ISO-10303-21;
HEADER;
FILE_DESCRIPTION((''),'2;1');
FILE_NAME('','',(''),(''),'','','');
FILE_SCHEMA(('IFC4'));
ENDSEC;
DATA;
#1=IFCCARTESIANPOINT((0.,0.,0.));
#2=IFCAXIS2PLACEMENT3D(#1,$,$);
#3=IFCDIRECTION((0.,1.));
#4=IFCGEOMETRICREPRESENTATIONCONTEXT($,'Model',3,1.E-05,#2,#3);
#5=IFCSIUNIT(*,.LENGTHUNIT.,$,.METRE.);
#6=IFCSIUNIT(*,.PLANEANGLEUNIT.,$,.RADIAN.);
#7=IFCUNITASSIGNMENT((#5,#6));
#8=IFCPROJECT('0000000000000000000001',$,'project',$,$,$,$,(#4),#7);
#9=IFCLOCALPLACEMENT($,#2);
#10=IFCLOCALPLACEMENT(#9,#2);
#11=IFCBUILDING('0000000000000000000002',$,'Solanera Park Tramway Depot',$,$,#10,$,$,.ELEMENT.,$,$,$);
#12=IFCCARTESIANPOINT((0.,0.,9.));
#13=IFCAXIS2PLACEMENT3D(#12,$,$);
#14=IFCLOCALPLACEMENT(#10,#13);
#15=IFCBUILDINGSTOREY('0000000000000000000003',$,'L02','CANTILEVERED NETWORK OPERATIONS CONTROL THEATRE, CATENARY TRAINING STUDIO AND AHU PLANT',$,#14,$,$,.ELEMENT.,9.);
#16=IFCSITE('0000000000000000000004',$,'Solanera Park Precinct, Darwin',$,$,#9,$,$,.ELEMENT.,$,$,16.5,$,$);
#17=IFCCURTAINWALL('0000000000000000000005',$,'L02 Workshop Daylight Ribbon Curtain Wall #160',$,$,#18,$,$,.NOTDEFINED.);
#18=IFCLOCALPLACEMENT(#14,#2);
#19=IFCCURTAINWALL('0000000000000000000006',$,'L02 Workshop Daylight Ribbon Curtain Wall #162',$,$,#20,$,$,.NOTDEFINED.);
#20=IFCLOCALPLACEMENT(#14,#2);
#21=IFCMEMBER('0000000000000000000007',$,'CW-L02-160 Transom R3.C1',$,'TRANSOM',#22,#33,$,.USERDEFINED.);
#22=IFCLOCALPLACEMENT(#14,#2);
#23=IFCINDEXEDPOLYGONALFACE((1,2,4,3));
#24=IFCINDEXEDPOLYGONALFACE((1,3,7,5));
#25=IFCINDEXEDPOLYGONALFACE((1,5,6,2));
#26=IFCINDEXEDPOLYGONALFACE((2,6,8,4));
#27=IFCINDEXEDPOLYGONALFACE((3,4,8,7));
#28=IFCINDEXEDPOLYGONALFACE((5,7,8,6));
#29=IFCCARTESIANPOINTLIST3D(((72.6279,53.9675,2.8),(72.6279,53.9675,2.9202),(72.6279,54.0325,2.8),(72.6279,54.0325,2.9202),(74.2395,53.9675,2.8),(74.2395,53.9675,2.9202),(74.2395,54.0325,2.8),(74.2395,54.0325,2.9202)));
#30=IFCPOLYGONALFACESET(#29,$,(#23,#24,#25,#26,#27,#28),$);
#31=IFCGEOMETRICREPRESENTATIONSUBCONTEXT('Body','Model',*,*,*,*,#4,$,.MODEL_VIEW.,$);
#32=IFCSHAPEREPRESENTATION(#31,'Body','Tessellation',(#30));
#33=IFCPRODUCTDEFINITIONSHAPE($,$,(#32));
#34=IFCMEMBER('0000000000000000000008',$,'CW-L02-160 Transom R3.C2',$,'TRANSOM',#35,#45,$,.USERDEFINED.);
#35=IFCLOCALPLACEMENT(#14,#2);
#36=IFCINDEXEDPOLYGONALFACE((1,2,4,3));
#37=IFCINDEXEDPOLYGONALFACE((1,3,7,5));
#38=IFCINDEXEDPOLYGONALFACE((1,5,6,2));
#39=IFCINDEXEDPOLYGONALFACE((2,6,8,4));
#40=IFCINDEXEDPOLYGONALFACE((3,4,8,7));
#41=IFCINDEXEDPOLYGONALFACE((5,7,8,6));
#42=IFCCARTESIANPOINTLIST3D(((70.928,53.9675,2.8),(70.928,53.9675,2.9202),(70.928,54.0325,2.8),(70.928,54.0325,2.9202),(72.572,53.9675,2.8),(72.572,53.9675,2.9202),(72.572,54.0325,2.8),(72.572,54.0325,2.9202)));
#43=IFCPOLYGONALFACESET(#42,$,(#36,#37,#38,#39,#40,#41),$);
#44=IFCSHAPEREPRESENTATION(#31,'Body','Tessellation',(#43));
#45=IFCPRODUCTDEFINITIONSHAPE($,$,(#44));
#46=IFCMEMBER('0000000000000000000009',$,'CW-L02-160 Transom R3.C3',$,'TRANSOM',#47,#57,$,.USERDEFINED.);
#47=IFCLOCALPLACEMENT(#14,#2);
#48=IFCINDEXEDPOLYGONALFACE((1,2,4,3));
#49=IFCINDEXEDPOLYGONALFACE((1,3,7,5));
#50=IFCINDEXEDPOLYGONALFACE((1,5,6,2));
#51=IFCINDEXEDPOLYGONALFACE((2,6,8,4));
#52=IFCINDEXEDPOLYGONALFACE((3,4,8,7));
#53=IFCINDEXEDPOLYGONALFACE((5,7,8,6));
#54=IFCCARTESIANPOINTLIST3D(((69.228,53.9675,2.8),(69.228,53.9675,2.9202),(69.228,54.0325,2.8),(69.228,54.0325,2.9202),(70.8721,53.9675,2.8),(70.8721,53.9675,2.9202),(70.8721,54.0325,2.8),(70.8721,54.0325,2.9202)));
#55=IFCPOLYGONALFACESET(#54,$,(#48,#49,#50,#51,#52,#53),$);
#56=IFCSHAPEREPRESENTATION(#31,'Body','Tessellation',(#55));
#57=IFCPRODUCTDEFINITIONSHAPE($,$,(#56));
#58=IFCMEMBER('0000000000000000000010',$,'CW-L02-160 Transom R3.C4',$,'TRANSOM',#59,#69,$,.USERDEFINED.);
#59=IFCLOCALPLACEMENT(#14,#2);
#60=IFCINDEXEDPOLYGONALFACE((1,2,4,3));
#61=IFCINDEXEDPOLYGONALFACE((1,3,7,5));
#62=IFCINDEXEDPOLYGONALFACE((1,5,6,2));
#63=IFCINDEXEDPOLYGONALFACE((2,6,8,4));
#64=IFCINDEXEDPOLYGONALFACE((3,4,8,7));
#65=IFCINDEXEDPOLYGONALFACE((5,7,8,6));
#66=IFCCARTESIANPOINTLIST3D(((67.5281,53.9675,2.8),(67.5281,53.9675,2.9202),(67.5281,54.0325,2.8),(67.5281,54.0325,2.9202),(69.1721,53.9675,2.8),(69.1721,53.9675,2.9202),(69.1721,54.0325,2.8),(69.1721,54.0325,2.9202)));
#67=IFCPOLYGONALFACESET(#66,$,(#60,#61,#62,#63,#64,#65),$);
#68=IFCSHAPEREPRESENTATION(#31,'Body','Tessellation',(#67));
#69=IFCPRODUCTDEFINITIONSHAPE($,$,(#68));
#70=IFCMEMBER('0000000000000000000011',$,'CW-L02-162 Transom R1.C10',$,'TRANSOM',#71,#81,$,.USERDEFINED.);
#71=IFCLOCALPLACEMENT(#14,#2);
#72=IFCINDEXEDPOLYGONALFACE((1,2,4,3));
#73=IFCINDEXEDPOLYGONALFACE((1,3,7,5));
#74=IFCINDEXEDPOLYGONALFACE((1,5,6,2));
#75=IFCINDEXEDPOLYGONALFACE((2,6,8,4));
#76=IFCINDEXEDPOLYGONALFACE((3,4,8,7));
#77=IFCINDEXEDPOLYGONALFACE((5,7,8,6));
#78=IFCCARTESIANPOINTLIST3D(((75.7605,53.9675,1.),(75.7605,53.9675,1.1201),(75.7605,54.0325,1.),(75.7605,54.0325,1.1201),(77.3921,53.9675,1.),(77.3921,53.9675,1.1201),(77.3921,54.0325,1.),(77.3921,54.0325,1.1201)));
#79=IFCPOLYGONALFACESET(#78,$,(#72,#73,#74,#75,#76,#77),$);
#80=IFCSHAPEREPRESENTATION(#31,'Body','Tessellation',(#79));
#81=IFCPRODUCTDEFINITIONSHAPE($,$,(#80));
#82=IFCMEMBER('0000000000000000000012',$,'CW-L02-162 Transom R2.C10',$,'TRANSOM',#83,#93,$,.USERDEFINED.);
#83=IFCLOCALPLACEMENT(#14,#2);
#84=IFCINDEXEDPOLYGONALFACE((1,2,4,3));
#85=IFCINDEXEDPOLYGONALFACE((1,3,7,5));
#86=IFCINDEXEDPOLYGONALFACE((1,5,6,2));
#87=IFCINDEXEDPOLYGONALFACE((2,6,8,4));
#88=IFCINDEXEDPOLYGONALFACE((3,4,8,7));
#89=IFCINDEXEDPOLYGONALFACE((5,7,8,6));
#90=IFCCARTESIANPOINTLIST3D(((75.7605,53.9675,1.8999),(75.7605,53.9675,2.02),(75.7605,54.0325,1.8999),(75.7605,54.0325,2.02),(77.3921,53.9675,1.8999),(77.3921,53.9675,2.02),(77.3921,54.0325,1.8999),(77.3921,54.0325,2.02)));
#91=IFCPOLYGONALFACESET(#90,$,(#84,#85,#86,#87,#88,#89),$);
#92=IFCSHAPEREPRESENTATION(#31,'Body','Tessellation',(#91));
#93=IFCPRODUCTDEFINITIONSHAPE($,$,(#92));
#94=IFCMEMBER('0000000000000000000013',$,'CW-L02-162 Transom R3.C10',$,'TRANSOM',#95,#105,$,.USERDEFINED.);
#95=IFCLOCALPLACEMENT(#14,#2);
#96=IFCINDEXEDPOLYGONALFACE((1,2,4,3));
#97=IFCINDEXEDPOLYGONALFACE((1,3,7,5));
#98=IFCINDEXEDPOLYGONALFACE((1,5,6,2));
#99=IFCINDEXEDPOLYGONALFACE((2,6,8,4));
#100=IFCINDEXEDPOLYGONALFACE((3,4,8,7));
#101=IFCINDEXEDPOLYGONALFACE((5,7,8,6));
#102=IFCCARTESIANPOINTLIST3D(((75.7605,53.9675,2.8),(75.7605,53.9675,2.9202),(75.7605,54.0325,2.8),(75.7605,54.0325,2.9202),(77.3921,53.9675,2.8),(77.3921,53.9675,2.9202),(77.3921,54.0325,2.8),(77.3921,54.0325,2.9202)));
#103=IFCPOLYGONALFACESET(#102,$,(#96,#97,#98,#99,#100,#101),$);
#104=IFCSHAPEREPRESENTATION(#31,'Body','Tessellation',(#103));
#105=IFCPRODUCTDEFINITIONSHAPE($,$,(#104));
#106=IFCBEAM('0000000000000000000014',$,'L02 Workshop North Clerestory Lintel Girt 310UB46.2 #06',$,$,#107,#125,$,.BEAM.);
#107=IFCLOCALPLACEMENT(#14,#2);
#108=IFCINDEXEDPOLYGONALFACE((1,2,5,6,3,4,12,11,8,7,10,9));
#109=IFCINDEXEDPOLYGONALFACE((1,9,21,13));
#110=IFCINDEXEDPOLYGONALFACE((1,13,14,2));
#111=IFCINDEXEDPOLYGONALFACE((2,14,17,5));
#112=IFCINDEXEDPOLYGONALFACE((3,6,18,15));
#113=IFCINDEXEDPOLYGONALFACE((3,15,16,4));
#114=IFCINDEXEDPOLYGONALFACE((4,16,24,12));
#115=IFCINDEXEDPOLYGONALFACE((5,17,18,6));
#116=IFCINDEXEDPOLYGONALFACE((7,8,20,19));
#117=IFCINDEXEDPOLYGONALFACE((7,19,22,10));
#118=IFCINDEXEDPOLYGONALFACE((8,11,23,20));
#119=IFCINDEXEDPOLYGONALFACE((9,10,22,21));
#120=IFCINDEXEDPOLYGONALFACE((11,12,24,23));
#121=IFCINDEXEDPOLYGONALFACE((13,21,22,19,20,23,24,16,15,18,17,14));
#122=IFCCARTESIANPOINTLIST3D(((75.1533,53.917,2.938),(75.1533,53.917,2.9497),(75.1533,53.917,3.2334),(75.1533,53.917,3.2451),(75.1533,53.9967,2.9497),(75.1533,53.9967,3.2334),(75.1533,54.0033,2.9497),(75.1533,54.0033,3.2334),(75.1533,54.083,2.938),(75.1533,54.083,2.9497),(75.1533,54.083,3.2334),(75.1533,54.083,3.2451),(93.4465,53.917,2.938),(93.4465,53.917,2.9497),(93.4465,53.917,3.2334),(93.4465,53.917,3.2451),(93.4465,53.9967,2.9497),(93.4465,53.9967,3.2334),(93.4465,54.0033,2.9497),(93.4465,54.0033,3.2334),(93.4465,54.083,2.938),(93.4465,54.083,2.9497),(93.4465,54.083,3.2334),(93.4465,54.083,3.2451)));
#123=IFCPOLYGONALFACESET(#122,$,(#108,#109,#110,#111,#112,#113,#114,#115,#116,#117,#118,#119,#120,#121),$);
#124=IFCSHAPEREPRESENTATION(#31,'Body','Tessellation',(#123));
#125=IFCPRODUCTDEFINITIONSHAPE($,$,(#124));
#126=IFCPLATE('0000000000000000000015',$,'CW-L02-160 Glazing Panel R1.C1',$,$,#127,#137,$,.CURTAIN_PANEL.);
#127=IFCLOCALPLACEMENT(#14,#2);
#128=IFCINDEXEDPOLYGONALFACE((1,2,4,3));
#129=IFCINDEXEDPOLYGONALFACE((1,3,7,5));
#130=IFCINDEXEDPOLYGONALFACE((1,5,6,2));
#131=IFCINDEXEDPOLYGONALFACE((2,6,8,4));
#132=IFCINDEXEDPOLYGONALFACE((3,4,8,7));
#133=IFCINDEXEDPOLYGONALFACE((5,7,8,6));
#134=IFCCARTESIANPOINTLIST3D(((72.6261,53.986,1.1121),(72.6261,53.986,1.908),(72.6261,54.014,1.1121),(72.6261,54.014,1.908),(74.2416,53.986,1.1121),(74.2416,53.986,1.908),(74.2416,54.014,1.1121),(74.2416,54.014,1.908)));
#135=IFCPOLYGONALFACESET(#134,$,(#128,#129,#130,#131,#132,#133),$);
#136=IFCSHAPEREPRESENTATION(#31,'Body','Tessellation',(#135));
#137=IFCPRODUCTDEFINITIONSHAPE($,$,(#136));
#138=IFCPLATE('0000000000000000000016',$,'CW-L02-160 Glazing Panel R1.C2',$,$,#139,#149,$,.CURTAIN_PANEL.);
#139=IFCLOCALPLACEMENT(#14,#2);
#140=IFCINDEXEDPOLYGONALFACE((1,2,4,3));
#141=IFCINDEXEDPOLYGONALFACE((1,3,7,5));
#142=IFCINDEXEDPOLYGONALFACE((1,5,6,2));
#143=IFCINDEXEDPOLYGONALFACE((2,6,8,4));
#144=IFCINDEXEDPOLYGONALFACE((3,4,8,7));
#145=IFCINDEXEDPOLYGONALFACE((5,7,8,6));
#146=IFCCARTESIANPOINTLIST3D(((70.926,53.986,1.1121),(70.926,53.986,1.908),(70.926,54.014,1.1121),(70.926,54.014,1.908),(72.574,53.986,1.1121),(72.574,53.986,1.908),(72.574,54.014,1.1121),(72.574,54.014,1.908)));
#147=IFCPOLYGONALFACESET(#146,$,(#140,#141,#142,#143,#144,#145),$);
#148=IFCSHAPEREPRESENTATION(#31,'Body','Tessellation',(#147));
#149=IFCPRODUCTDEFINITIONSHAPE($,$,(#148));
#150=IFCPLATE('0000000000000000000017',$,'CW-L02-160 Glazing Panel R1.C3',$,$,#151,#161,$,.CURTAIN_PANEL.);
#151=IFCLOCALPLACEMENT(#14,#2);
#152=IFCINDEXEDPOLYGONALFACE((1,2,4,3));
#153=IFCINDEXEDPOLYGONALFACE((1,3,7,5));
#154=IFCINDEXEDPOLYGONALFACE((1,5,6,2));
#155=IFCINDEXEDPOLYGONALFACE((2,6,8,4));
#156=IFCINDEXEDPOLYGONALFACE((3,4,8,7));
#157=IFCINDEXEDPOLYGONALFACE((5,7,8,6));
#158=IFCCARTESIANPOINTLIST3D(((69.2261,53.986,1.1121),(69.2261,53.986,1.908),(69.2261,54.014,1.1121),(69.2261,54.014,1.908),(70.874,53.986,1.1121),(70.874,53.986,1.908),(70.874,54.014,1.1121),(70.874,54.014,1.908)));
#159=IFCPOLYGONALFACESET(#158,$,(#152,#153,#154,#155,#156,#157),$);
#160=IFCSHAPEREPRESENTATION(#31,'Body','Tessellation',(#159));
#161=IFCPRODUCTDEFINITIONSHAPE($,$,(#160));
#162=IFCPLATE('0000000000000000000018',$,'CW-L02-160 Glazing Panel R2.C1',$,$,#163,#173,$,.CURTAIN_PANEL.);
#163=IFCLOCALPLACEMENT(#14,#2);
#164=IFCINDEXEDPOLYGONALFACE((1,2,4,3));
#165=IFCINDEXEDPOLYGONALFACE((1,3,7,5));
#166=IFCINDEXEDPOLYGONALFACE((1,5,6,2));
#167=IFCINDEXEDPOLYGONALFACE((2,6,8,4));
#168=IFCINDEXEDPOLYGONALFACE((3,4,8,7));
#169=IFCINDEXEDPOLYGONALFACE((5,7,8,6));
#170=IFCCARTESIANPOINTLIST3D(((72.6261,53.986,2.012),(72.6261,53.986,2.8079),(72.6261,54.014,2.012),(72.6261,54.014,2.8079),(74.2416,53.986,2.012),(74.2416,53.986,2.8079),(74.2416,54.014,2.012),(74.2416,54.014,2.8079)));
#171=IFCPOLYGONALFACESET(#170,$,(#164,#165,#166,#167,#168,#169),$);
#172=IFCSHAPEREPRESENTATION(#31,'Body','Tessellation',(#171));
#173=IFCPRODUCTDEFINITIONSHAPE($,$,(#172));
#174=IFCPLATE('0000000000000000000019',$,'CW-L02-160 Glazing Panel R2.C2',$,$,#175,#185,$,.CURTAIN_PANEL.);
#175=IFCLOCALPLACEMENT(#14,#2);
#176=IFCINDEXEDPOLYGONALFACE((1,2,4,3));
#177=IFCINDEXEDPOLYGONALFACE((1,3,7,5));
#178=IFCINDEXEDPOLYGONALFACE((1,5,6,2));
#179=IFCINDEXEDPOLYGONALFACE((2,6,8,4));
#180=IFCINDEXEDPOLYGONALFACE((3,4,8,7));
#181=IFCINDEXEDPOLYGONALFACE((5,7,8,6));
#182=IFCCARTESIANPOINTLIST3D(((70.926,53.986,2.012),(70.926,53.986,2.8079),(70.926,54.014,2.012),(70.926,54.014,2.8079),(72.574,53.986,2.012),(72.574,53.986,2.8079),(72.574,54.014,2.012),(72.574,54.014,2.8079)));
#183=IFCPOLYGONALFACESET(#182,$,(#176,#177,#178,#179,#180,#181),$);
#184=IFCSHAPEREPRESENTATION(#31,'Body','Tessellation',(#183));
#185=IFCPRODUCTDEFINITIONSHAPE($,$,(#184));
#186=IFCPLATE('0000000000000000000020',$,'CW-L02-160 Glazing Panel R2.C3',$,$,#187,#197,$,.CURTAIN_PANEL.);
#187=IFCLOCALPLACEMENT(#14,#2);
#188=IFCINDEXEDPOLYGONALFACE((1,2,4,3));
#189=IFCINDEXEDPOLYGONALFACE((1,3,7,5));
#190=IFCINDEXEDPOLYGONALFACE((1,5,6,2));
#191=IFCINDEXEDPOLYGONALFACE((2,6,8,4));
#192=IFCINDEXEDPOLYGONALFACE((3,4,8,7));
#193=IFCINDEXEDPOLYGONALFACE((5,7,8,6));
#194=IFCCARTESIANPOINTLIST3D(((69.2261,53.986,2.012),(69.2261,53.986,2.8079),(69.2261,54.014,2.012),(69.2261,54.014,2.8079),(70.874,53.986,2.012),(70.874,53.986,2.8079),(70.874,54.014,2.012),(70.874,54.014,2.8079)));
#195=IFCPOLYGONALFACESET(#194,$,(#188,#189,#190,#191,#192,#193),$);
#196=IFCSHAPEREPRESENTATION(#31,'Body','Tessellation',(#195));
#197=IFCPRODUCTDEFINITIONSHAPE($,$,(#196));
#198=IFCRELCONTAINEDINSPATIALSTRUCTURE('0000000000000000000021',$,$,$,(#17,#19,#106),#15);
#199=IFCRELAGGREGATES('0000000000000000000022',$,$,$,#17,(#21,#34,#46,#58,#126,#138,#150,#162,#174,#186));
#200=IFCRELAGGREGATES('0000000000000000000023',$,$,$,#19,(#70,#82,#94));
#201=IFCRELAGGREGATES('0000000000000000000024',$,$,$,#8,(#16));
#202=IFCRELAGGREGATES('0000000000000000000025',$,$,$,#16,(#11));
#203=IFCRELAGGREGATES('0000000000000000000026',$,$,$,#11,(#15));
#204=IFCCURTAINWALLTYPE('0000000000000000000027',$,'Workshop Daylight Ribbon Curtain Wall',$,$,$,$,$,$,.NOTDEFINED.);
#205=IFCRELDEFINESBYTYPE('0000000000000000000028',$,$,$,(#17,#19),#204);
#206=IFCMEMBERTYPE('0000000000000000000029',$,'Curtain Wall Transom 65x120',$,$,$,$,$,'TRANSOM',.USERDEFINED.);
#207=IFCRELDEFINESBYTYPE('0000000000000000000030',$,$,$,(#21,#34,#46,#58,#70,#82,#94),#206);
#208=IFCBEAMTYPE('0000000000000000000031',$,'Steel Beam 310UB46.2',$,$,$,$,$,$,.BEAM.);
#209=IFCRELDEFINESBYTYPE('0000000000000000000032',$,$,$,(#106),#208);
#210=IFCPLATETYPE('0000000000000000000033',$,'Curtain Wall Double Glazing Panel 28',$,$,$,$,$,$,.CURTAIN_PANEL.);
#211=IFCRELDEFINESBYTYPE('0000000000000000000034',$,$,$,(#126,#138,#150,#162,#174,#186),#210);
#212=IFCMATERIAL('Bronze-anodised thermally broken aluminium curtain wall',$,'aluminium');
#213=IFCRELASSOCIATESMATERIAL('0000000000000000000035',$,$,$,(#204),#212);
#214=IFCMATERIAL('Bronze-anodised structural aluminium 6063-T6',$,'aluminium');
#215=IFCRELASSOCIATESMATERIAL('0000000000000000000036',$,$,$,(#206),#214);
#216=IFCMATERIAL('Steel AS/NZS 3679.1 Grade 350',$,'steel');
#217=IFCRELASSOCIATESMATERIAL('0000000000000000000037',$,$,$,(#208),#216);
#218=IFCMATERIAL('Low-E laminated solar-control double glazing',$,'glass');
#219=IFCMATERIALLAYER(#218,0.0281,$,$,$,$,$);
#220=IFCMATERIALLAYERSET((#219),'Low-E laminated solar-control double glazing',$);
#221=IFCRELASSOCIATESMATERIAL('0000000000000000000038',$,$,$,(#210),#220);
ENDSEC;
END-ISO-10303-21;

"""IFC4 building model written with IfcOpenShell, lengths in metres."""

from ifc_helpers import new_model, si_unit, direction, frame, origin, origin_2d, place, context, subcontext, project, spatial, rectangle, i_section, extrude, material, layer, layer_set, material_profile, profile_set, type_object, element, aggregate, save


model = new_model("IFC4")

# Units and contexts
model_context = context("Model", 3, precision=1e-05, world=origin(), true_north=direction((0.0, 1.0)))
body_context = subcontext(model_context, "Body", "Model", "MODEL_VIEW")
ifc_project = project(units=[si_unit("LENGTHUNIT", "METRE"), si_unit("PLANEANGLEUNIT", "RADIAN")], contexts=[model_context])

# Site, building, storey
site_placement = place(None, origin())
site = spatial("IfcSite", under=ifc_project, at=site_placement, Name="Solanera Park Precinct, Darwin", CompositionType="ELEMENT", RefElevation=16.5)
building_placement = place(site_placement, origin())
building = spatial("IfcBuilding", under=site, at=building_placement, Name="Solanera Park Tramway Depot", CompositionType="ELEMENT")
storey_placement = place(building_placement, frame((0.0, 0.0, 9.0)))
storey = spatial("IfcBuildingStorey", under=building, at=storey_placement, Name="L02", Description="CANTILEVERED NETWORK OPERATIONS CONTROL THEATRE, CATENARY TRAINING STUDIO AND AHU PLANT", CompositionType="ELEMENT", Elevation=9.0)

# Curtain wall
ifc_material_1 = material(Name="Bronze-anodised thermally broken aluminium curtain wall", Category="aluminium")
curtain_wall_type = type_object("IfcCurtainWallType", Name="Workshop Daylight Ribbon Curtain Wall", PredefinedType="NOTDEFINED", material=ifc_material_1)
curtain_wall_1_placement = place(storey_placement, origin())
curtain_wall_1 = element("IfcCurtainWall", 1, at=curtain_wall_1_placement, inside=storey, type_object=curtain_wall_type, Name="L02 Workshop Daylight Ribbon Curtain Wall #160", PredefinedType="NOTDEFINED")

# Curtain wall
curtain_wall_2_placement = place(storey_placement, origin())
curtain_wall_2 = element("IfcCurtainWall", 2, at=curtain_wall_2_placement, inside=storey, type_object=curtain_wall_type, Name="L02 Workshop Daylight Ribbon Curtain Wall #162", PredefinedType="NOTDEFINED")

# Members
ifc_material_2 = material(Name="Bronze-anodised structural aluminium 6063-T6", Category="aluminium")
ifc_material_profile_1 = material_profile(ifc_material_2, rectangle(XDim=0.0649, YDim=0.1201, at=origin_2d()), Name="Curtain Wall Transom 65x120")
ifc_profile_set_1 = profile_set([ifc_material_profile_1], Name="Bronze-anodised structural aluminium 6063-T6")
member_type_1 = type_object("IfcMemberType", Name="Curtain Wall Transom 65x120", ElementType="TRANSOM", PredefinedType="USERDEFINED", material=ifc_profile_set_1)
member_1_placement = place(storey_placement, frame((74.2395, 54.0, 2.8601), z_axis=(-1.0, 0.0, 0.0), x_axis=(0.0, -1.0, 0.0)))
member_1 = element("IfcMember", 3, at=member_1_placement, type_object=member_type_1, Name="CW-L02-160 Transom R3.C1", ObjectType="TRANSOM", PredefinedType="USERDEFINED", context=body_context, shape_type="SweptSolid", body=[
    extrude(rectangle(XDim=0.0649, YDim=0.1201, at=origin_2d()), origin(), (0.0, 0.0, 1.0), 1.6116),
])
member_2_placement = place(storey_placement, frame((72.572, 54.0, 2.8601), z_axis=(-1.0, 0.0, 0.0), x_axis=(0.0, -1.0, 0.0)))
member_2 = element("IfcMember", 4, at=member_2_placement, type_object=member_type_1, Name="CW-L02-160 Transom R3.C2", ObjectType="TRANSOM", PredefinedType="USERDEFINED", context=body_context, shape_type="SweptSolid", body=[
    extrude(rectangle(XDim=0.0649, YDim=0.1201, at=origin_2d()), origin(), (0.0, 0.0, 1.0), 1.644),
])
member_3_placement = place(storey_placement, frame((70.8721, 54.0, 2.8601), z_axis=(-1.0, 0.0, 0.0), x_axis=(0.0, -1.0, 0.0)))
member_3 = element("IfcMember", 5, at=member_3_placement, type_object=member_type_1, Name="CW-L02-160 Transom R3.C3", ObjectType="TRANSOM", PredefinedType="USERDEFINED", context=body_context, shape_type="SweptSolid", body=[
    extrude(rectangle(XDim=0.0649, YDim=0.1201, at=origin_2d()), origin(), (0.0, 0.0, 1.0), 1.644),
])
member_4_placement = place(storey_placement, frame((69.1721, 54.0, 2.8601), z_axis=(-1.0, 0.0, 0.0), x_axis=(0.0, -1.0, 0.0)))
member_4 = element("IfcMember", 6, at=member_4_placement, type_object=member_type_1, Name="CW-L02-160 Transom R3.C4", ObjectType="TRANSOM", PredefinedType="USERDEFINED", context=body_context, shape_type="SweptSolid", body=[
    extrude(rectangle(XDim=0.0649, YDim=0.1201, at=origin_2d()), origin(), (0.0, 0.0, 1.0), 1.644),
])
member_5_placement = place(storey_placement, frame((77.3921, 54.0, 1.0601), z_axis=(-1.0, 0.0, 0.0), x_axis=(0.0, -1.0, 0.0)))
member_5 = element("IfcMember", 7, at=member_5_placement, type_object=member_type_1, Name="CW-L02-162 Transom R1.C10", ObjectType="TRANSOM", PredefinedType="USERDEFINED", context=body_context, shape_type="SweptSolid", body=[
    extrude(rectangle(XDim=0.0649, YDim=0.1201, at=origin_2d()), origin(), (0.0, 0.0, 1.0), 1.6316),
])
member_6_placement = place(storey_placement, frame((77.3921, 54.0, 1.96), z_axis=(-1.0, 0.0, 0.0), x_axis=(0.0, -1.0, 0.0)))
member_6 = element("IfcMember", 8, at=member_6_placement, type_object=member_type_1, Name="CW-L02-162 Transom R2.C10", ObjectType="TRANSOM", PredefinedType="USERDEFINED", context=body_context, shape_type="SweptSolid", body=[
    extrude(rectangle(XDim=0.0649, YDim=0.1201, at=origin_2d()), origin(), (0.0, 0.0, 1.0), 1.6316),
])
member_7_placement = place(storey_placement, frame((77.3921, 54.0, 2.8601), z_axis=(-1.0, 0.0, 0.0), x_axis=(0.0, -1.0, 0.0)))
member_7 = element("IfcMember", 9, at=member_7_placement, type_object=member_type_1, Name="CW-L02-162 Transom R3.C10", ObjectType="TRANSOM", PredefinedType="USERDEFINED", context=body_context, shape_type="SweptSolid", body=[
    extrude(rectangle(XDim=0.0649, YDim=0.1201, at=origin_2d()), origin(), (0.0, 0.0, 1.0), 1.6316),
])

# Beam
ifc_material_3 = material(Name="Steel AS/NZS 3679.1 Grade 350", Category="steel")
ifc_material_profile_2 = material_profile(ifc_material_3, i_section(OverallWidth=0.166, OverallDepth=0.3071, WebThickness=0.0066, FlangeThickness=0.0117, at=origin_2d()), Name="310UB46.2")
ifc_profile_set_2 = profile_set([ifc_material_profile_2], Name="Steel AS/NZS 3679.1 Grade 350")
beam_type = type_object("IfcBeamType", Name="Steel Beam 310UB46.2", PredefinedType="BEAM", material=ifc_profile_set_2)
beam_placement = place(storey_placement, frame((75.1533, 54.0, 3.0916), z_axis=(1.0, 0.0, 0.0), x_axis=(0.0, 1.0, 0.0)))
element("IfcBeam", 10, at=beam_placement, inside=storey, type_object=beam_type, Name="L02 Workshop North Clerestory Lintel Girt 310UB46.2 #06", PredefinedType="BEAM", context=body_context, shape_type="SweptSolid", body=[
    extrude(i_section(OverallWidth=0.166, OverallDepth=0.3071, WebThickness=0.0066, FlangeThickness=0.0117, at=origin_2d()), origin(), (0.0, 0.0, 1.0), 18.2932),
])

# Plates
ifc_material_4 = material(Name="Low-E laminated solar-control double glazing", Category="glass")
ifc_layer = layer(ifc_material_4, 0.0281)
ifc_layer_set = layer_set([ifc_layer], Name="Low-E laminated solar-control double glazing")
plate_type = type_object("IfcPlateType", Name="Curtain Wall Double Glazing Panel 28", PredefinedType="CURTAIN_PANEL", material=ifc_layer_set)
plate_1_placement = place(storey_placement, frame((73.4338, 54.0, 1.1121), z_axis=(0.0, 0.0, 1.0), x_axis=(-1.0, 0.0, 0.0)))
plate_1 = element("IfcPlate", 11, at=plate_1_placement, type_object=plate_type, Name="CW-L02-160 Glazing Panel R1.C1", PredefinedType="CURTAIN_PANEL", context=body_context, shape_type="SweptSolid", body=[
    extrude(rectangle(XDim=1.6155, YDim=0.0281, at=origin_2d()), origin(), (0.0, 0.0, 1.0), 0.7959),
])
plate_2_placement = place(storey_placement, frame((71.75, 54.0, 1.1121), z_axis=(0.0, 0.0, 1.0), x_axis=(-1.0, 0.0, 0.0)))
plate_2 = element("IfcPlate", 12, at=plate_2_placement, type_object=plate_type, Name="CW-L02-160 Glazing Panel R1.C2", PredefinedType="CURTAIN_PANEL", context=body_context, shape_type="SweptSolid", body=[
    extrude(rectangle(XDim=1.6479, YDim=0.0281, at=origin_2d()), origin(), (0.0, 0.0, 1.0), 0.7959),
])
plate_3_placement = place(storey_placement, frame((70.05, 54.0, 1.1121), z_axis=(0.0, 0.0, 1.0), x_axis=(-1.0, 0.0, 0.0)))
plate_3 = element("IfcPlate", 13, at=plate_3_placement, type_object=plate_type, Name="CW-L02-160 Glazing Panel R1.C3", PredefinedType="CURTAIN_PANEL", context=body_context, shape_type="SweptSolid", body=[
    extrude(rectangle(XDim=1.6479, YDim=0.0281, at=origin_2d()), origin(), (0.0, 0.0, 1.0), 0.7959),
])
plate_4_placement = place(storey_placement, frame((73.4338, 54.0, 2.012), z_axis=(0.0, 0.0, 1.0), x_axis=(-1.0, 0.0, 0.0)))
plate_4 = element("IfcPlate", 14, at=plate_4_placement, type_object=plate_type, Name="CW-L02-160 Glazing Panel R2.C1", PredefinedType="CURTAIN_PANEL", context=body_context, shape_type="SweptSolid", body=[
    extrude(rectangle(XDim=1.6155, YDim=0.0281, at=origin_2d()), origin(), (0.0, 0.0, 1.0), 0.7959),
])
plate_5_placement = place(storey_placement, frame((71.75, 54.0, 2.012), z_axis=(0.0, 0.0, 1.0), x_axis=(-1.0, 0.0, 0.0)))
plate_5 = element("IfcPlate", 15, at=plate_5_placement, type_object=plate_type, Name="CW-L02-160 Glazing Panel R2.C2", PredefinedType="CURTAIN_PANEL", context=body_context, shape_type="SweptSolid", body=[
    extrude(rectangle(XDim=1.6479, YDim=0.0281, at=origin_2d()), origin(), (0.0, 0.0, 1.0), 0.7959),
])
plate_6_placement = place(storey_placement, frame((70.05, 54.0, 2.012), z_axis=(0.0, 0.0, 1.0), x_axis=(-1.0, 0.0, 0.0)))
plate_6 = element("IfcPlate", 16, at=plate_6_placement, type_object=plate_type, Name="CW-L02-160 Glazing Panel R2.C3", PredefinedType="CURTAIN_PANEL", context=body_context, shape_type="SweptSolid", body=[
    extrude(rectangle(XDim=1.6479, YDim=0.0281, at=origin_2d()), origin(), (0.0, 0.0, 1.0), 0.7959),
])
aggregate(curtain_wall_1, [member_1, member_2, member_3, member_4, plate_1, plate_2, plate_3, plate_4, plate_5, plate_6])
aggregate(curtain_wall_2, [member_5, member_6, member_7])

save(model, "model.ifc")
